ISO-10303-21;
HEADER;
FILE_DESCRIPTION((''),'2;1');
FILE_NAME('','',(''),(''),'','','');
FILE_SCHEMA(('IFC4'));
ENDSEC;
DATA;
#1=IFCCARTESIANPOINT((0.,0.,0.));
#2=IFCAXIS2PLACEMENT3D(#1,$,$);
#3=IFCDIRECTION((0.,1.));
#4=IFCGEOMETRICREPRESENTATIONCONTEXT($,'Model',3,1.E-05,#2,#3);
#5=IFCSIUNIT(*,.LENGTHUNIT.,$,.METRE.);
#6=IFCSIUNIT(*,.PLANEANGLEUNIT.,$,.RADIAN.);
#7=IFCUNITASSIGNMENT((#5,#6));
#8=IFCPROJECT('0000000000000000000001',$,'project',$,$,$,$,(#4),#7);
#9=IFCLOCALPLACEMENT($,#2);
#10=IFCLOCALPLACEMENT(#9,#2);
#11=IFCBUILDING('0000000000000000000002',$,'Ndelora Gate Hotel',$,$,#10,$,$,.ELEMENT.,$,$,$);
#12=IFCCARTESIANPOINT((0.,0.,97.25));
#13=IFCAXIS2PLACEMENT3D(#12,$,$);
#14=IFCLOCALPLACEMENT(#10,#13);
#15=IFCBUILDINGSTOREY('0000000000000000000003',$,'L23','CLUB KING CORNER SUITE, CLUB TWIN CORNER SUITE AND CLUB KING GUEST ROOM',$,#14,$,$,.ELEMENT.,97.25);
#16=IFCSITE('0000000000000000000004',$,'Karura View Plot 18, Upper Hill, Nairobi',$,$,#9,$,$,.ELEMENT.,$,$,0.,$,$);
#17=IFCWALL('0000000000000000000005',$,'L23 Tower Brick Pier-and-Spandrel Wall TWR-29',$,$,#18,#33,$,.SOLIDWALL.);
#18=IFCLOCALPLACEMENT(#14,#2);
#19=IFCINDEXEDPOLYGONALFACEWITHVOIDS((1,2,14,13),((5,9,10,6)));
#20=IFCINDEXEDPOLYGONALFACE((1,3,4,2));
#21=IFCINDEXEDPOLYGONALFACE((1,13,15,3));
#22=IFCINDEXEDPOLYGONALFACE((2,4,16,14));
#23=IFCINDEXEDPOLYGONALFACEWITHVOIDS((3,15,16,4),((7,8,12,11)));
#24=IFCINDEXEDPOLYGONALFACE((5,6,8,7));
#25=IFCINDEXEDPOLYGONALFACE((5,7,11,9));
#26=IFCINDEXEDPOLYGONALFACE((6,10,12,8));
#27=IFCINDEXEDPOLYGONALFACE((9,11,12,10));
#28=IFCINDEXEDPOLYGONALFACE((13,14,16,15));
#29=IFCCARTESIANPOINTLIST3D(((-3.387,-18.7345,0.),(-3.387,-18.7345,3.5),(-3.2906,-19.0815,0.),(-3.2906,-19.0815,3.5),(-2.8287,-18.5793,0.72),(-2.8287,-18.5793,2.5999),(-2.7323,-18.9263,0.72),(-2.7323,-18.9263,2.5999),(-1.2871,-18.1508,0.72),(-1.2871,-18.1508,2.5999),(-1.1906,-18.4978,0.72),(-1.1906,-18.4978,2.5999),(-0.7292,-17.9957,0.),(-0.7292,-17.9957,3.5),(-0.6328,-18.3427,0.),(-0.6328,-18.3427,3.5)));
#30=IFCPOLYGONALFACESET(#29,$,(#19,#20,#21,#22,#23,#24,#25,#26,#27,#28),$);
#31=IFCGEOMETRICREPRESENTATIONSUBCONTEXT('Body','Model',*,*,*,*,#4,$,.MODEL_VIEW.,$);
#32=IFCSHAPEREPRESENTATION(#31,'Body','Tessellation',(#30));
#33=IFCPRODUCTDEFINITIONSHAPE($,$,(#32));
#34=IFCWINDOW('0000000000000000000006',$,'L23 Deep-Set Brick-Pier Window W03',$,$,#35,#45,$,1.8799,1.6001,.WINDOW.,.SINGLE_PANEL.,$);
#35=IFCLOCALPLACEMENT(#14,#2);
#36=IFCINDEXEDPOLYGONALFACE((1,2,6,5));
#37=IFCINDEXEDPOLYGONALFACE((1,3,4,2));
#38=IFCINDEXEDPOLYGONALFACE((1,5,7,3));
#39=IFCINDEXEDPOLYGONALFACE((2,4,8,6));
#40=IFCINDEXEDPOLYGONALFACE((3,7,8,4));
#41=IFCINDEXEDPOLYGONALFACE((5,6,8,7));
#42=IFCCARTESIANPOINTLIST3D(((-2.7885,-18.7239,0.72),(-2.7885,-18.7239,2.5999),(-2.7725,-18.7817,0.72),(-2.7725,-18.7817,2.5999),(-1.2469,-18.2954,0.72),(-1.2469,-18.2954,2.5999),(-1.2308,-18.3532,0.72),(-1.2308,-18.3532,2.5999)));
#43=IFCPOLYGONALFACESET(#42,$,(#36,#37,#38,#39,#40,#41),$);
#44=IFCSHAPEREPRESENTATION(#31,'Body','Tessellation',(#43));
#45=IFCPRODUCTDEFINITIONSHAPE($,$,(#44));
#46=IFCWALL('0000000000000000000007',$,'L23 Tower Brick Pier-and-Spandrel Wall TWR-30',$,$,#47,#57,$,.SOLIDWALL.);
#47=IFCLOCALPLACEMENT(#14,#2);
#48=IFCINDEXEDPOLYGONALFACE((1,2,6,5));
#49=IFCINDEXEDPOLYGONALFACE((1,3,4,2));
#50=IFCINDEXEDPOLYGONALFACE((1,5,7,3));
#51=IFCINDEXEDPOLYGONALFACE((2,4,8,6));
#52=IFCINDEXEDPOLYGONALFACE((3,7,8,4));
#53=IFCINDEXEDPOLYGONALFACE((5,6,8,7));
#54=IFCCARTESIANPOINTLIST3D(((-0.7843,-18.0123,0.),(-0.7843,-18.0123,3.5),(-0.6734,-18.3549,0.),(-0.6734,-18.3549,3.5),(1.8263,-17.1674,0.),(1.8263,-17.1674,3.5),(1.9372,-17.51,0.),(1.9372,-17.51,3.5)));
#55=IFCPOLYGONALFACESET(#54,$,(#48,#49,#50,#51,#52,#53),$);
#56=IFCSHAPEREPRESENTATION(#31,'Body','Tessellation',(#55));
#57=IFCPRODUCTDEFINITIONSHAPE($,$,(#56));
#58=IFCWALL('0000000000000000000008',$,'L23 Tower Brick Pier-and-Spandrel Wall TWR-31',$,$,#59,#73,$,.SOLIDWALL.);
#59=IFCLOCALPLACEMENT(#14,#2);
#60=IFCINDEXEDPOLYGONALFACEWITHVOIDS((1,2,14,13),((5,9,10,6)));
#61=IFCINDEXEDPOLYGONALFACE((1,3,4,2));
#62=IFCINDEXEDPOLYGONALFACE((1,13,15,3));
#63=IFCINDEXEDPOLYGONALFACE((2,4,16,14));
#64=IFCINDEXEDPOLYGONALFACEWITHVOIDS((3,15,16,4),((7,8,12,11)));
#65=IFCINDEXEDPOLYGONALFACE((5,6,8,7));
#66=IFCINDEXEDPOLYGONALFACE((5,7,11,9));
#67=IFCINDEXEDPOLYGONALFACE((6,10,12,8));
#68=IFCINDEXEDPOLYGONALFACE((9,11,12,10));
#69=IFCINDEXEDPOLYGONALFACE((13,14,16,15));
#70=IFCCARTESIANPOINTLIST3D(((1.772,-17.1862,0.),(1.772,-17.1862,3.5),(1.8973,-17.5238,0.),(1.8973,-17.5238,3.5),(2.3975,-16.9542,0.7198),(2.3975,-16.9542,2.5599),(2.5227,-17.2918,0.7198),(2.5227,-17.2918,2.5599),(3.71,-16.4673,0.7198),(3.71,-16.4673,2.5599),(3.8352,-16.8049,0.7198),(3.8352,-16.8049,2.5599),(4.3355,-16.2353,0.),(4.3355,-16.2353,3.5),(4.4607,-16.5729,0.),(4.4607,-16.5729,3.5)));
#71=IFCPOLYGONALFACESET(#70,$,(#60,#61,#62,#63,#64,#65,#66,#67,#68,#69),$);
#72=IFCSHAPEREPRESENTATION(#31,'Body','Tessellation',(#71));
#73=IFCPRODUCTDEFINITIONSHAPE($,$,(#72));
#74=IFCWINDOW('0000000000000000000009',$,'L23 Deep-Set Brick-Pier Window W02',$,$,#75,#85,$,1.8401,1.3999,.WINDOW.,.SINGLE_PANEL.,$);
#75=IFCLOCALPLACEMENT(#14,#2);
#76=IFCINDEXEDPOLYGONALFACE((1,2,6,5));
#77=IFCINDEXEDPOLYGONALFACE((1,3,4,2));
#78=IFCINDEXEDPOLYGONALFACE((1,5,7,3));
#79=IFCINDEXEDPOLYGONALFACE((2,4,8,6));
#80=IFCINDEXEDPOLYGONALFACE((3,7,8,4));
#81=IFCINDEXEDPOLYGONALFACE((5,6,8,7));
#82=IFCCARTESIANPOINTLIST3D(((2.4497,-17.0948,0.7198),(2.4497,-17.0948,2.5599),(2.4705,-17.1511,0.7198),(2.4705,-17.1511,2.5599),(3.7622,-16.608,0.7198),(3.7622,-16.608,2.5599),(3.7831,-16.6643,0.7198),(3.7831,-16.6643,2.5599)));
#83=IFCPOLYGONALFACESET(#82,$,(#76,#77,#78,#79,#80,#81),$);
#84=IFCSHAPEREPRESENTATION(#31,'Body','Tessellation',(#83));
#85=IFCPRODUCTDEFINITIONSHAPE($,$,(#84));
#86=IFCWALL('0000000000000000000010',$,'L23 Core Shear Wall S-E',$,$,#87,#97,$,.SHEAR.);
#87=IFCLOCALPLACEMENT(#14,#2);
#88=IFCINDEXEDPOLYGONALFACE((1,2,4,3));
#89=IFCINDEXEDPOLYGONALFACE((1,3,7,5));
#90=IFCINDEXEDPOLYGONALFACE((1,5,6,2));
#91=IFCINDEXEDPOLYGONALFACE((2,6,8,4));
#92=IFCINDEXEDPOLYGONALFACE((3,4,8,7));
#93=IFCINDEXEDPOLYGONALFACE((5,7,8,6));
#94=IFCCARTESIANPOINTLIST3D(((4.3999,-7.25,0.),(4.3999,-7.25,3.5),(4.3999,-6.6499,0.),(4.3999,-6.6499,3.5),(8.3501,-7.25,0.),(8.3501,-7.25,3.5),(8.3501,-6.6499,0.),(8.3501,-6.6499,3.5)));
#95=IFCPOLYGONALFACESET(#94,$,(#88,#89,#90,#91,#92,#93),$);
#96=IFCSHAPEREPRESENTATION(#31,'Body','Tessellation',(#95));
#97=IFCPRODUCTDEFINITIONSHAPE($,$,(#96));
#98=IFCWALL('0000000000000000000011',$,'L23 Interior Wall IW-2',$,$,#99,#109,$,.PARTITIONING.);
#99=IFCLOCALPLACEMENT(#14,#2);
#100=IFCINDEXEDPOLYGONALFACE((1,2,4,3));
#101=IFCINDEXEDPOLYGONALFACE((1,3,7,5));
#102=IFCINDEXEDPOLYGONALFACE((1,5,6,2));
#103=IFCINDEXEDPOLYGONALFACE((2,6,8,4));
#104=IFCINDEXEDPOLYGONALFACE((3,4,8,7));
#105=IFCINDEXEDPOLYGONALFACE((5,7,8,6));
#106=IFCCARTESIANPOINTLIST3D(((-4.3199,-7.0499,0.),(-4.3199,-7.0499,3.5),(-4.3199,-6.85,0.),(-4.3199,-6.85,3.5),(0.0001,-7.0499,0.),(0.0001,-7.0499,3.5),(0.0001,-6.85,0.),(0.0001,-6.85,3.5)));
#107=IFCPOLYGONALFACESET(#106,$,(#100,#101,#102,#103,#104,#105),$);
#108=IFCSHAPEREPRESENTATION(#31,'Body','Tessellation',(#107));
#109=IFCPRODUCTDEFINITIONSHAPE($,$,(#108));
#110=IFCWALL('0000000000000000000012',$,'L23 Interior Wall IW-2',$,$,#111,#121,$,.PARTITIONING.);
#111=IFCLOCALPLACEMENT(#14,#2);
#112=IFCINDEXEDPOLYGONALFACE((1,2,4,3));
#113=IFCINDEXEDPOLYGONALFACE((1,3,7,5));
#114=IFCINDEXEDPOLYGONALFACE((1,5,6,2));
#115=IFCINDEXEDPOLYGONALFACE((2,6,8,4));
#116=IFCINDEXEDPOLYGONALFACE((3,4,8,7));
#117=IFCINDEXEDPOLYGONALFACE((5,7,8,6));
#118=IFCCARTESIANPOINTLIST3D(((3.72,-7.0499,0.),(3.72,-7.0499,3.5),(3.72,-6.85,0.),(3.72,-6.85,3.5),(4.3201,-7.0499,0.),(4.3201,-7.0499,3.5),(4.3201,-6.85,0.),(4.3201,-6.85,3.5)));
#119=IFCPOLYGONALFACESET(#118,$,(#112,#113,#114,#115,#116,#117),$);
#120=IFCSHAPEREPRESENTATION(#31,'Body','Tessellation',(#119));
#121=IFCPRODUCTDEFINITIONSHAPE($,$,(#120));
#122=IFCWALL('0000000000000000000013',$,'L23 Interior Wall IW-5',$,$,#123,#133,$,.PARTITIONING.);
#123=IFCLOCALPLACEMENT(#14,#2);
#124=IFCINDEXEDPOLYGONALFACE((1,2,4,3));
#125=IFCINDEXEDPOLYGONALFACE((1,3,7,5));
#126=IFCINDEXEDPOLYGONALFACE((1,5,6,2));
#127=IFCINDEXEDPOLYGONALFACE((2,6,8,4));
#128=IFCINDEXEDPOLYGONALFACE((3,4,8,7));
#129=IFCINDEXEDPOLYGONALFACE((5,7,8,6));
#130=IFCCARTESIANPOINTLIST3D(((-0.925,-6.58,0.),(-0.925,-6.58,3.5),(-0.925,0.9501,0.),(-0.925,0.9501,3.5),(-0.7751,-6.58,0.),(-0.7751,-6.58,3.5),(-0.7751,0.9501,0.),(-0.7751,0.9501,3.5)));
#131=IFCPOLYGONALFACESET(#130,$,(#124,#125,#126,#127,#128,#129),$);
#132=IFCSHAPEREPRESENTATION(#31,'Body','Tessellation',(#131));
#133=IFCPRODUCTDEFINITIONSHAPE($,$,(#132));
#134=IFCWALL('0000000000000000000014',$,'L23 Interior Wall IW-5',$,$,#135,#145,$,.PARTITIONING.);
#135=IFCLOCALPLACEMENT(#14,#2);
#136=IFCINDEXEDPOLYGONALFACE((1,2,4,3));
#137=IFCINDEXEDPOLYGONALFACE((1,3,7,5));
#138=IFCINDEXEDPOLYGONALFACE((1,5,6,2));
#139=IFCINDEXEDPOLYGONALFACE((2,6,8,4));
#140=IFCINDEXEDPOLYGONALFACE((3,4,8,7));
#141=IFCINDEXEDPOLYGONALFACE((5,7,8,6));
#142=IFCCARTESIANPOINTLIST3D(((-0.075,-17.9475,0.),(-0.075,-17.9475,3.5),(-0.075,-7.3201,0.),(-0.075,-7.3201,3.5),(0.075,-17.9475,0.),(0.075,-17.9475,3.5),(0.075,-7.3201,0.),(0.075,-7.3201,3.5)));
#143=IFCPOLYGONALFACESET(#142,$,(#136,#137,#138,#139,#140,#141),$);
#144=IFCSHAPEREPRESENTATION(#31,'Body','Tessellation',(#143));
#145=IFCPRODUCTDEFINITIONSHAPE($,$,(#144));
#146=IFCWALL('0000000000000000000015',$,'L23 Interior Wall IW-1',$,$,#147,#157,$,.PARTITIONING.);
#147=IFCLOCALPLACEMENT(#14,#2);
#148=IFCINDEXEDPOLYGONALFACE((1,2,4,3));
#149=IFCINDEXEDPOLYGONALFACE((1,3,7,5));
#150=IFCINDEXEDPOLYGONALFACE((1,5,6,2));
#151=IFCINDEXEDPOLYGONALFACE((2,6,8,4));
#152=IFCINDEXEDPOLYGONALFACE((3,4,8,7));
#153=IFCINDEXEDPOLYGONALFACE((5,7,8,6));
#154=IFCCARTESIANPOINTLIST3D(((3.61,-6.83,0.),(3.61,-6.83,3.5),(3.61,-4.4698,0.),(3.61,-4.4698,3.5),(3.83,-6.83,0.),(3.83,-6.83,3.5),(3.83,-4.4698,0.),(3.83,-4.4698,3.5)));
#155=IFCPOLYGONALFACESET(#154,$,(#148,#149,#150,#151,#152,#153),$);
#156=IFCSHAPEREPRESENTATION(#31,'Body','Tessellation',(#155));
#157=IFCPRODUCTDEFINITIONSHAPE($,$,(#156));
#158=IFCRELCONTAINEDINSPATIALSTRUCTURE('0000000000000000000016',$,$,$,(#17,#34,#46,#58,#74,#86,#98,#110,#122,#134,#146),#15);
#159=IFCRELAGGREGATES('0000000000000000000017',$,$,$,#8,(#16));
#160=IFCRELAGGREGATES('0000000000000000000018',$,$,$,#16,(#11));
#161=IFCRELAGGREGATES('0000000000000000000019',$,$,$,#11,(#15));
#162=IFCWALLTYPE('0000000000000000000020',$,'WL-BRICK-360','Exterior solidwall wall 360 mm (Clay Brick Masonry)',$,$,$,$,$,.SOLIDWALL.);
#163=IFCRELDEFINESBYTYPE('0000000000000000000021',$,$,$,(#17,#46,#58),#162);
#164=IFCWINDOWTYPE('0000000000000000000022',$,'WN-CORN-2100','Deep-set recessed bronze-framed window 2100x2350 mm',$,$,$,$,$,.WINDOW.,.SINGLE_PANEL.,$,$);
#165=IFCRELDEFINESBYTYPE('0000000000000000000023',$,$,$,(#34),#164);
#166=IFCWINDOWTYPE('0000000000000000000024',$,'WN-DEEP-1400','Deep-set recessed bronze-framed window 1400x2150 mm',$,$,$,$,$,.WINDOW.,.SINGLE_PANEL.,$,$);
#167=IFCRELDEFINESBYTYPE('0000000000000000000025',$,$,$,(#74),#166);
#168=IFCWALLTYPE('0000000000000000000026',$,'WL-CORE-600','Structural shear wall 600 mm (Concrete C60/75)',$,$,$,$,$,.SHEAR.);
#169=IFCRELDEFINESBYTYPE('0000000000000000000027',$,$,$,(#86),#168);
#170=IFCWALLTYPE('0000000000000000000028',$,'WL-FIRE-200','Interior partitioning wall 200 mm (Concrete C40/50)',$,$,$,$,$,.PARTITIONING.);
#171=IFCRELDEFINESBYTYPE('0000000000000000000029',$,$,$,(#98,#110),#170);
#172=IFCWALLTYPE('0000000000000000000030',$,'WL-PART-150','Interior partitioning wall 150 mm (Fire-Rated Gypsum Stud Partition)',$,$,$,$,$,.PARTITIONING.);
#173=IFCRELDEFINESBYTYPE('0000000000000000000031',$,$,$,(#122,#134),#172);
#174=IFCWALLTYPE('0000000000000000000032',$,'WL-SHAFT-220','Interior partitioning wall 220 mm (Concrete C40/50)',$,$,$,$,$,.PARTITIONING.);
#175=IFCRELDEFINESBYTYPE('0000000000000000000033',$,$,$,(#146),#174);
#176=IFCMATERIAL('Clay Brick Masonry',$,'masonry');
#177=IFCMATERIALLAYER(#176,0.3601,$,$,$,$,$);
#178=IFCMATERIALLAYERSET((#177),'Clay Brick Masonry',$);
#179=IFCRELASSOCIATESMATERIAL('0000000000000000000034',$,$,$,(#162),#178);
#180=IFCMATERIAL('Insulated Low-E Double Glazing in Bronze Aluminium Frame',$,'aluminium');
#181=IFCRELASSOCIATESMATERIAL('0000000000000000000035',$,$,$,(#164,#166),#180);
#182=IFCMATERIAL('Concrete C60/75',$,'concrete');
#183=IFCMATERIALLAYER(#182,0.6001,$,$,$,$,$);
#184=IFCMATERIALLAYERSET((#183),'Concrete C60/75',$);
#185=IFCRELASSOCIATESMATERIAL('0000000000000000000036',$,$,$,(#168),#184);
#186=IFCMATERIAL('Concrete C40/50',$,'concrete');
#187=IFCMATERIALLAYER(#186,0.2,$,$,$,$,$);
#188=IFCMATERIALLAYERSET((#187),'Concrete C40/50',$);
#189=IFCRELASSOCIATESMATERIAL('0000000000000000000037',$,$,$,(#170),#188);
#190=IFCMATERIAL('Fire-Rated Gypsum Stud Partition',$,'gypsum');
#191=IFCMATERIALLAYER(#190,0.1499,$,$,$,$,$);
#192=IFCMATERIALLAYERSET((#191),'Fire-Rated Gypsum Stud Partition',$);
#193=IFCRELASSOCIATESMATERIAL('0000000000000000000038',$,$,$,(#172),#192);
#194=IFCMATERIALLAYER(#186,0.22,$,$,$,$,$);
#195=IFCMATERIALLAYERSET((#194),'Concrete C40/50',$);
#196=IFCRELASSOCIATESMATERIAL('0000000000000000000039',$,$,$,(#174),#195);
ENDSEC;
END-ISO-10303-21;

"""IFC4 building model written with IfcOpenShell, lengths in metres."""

from ifc_helpers import new_model, si_unit, direction, frame, frame_2d, origin, place, context, subcontext, project, spatial, rectangle, extrude, material, layer, layer_set, type_object, element, fill, save


model = new_model("IFC4")

# Units and contexts
model_context = context("Model", 3, precision=1e-05, world=origin(), true_north=direction((0.0, 1.0)))
body_context = subcontext(model_context, "Body", "Model", "MODEL_VIEW")
ifc_project = project(units=[si_unit("LENGTHUNIT", "METRE"), si_unit("PLANEANGLEUNIT", "RADIAN")], contexts=[model_context])

# Site, building, storey
site_placement = place(None, origin())
site = spatial("IfcSite", under=ifc_project, at=site_placement, Name="Karura View Plot 18, Upper Hill, Nairobi", CompositionType="ELEMENT", RefElevation=0.0)
building_placement = place(site_placement, origin())
building = spatial("IfcBuilding", under=site, at=building_placement, Name="Ndelora Gate Hotel", CompositionType="ELEMENT")
storey_placement = place(building_placement, frame((0.0, 0.0, 97.25)))
storey = spatial("IfcBuildingStorey", under=building, at=storey_placement, Name="L23", Description="CLUB KING CORNER SUITE, CLUB TWIN CORNER SUITE AND CLUB KING GUEST ROOM", CompositionType="ELEMENT", Elevation=97.25)

# Shared definitions
ifc_material_1 = material(Name="Concrete C60/75", Category="concrete")

# Wall, opening, window
ifc_material_2 = material(Name="Clay Brick Masonry", Category="masonry")
ifc_layer_1 = layer(ifc_material_2, 0.3601)
ifc_layer_set_1 = layer_set([ifc_layer_1], Name="Clay Brick Masonry")
wall_type_1 = type_object("IfcWallType", Name="WL-BRICK-360", Description="Exterior solidwall wall 360 mm (Clay Brick Masonry)", PredefinedType="SOLIDWALL", material=ifc_layer_set_1)
ifc_material_3 = material(Name="Insulated Low-E Double Glazing in Bronze Aluminium Frame", Category="aluminium")
wall_1_placement = place(storey_placement, frame((-0.6809, -18.1692, 0.0), z_axis=(0.0, 0.0, 1.0), x_axis=(-0.96347, -0.267817, 0.0)))
wall_1 = element("IfcWall", 1, at=wall_1_placement, inside=storey, type_object=wall_type_1, Name="L23 Tower Brick Pier-and-Spandrel Wall TWR-29", PredefinedType="SOLIDWALL", context=body_context, shape_type="SweptSolid", body=[
    extrude(rectangle(XDim=2.7585, YDim=0.3601, at=frame_2d((1.3794, 0.0))), origin(), (0.0, 0.0, 1.0), 3.5),
])
opening_1_placement = place(wall_1_placement, frame((0.5791, 0.0, 0.72)))
opening_1 = element("IfcOpeningElement", 2, at=opening_1_placement, cuts=wall_1, PredefinedType="OPENING", context=body_context, shape_type="SweptSolid", body=[
    extrude(rectangle(XDim=1.6001, YDim=1.8799, at=frame_2d((0.8, 0.9399))), frame((0.0, 0.1899, 0.0), z_axis=(0.0, -1.0, 0.0), x_axis=(1.0, 0.0, 0.0)), (0.0, 0.0, 1.0), 0.3801),
])
window_type_1 = type_object("IfcWindowType", Name="WN-CORN-2100", Description="Deep-set recessed bronze-framed window 2100x2350 mm", PartitioningType="SINGLE_PANEL", PredefinedType="WINDOW", material=ifc_material_3)
window_1_placement = place(opening_1_placement, origin())
window_1 = element("IfcWindow", 3, at=window_1_placement, inside=storey, type_object=window_type_1, Name="L23 Deep-Set Brick-Pier Window W03", OverallHeight=1.8799, OverallWidth=1.6001, PartitioningType="SINGLE_PANEL", PredefinedType="WINDOW", context=body_context, shape_type="SweptSolid", body=[
    extrude(rectangle(XDim=1.6001, YDim=1.8799, at=frame_2d((0.8, 0.9399))), frame((0.0, 0.03, 0.0), z_axis=(0.0, -1.0, 0.0), x_axis=(1.0, 0.0, 0.0)), (0.0, 0.0, 1.0), 0.0601),
])
fill(opening_1, window_1)

# Wall
wall_2_placement = place(storey_placement, frame((1.8818, -17.3386, 0.0), z_axis=(0.0, 0.0, 1.0), x_axis=(-0.951405, -0.307941, 0.0)))
element("IfcWall", 4, at=wall_2_placement, inside=storey, type_object=wall_type_1, Name="L23 Tower Brick Pier-and-Spandrel Wall TWR-30", PredefinedType="SOLIDWALL", context=body_context, shape_type="SweptSolid", body=[
    extrude(rectangle(XDim=2.7439, YDim=0.3601, at=frame_2d((1.3721, 0.0))), origin(), (0.0, 0.0, 1.0), 3.5),
])

# Wall, opening, window
wall_3_placement = place(storey_placement, frame((4.3982, -16.4041, 0.0), z_axis=(0.0, 0.0, 1.0), x_axis=(-0.937571, -0.347794, 0.0)))
wall_3 = element("IfcWall", 5, at=wall_3_placement, inside=storey, type_object=wall_type_1, Name="L23 Tower Brick Pier-and-Spandrel Wall TWR-31", PredefinedType="SOLIDWALL", context=body_context, shape_type="SweptSolid", body=[
    extrude(rectangle(XDim=2.7341, YDim=0.3601, at=frame_2d((1.3672, 0.0))), origin(), (0.0, 0.0, 1.0), 3.5),
])
opening_2_placement = place(wall_3_placement, frame((0.6672, 0.0, 0.72)))
opening_2 = element("IfcOpeningElement", 6, at=opening_2_placement, cuts=wall_3, PredefinedType="OPENING", context=body_context, shape_type="SweptSolid", body=[
    extrude(rectangle(XDim=1.3999, YDim=1.8401, at=frame_2d((0.7, 0.9199))), frame((0.0, 0.1899, 0.0), z_axis=(0.0, -1.0, 0.0), x_axis=(1.0, 0.0, 0.0)), (0.0, 0.0, 1.0), 0.3801),
])
window_type_2 = type_object("IfcWindowType", Name="WN-DEEP-1400", Description="Deep-set recessed bronze-framed window 1400x2150 mm", PartitioningType="SINGLE_PANEL", PredefinedType="WINDOW", material=ifc_material_3)
window_2_placement = place(opening_2_placement, origin())
window_2 = element("IfcWindow", 7, at=window_2_placement, inside=storey, type_object=window_type_2, Name="L23 Deep-Set Brick-Pier Window W02", OverallHeight=1.8401, OverallWidth=1.3999, PartitioningType="SINGLE_PANEL", PredefinedType="WINDOW", context=body_context, shape_type="SweptSolid", body=[
    extrude(rectangle(XDim=1.3999, YDim=1.8401, at=frame_2d((0.7, 0.9199))), frame((0.0, 0.03, 0.0), z_axis=(0.0, -1.0, 0.0), x_axis=(1.0, 0.0, 0.0)), (0.0, 0.0, 1.0), 0.0601),
])
fill(opening_2, window_2)

# Walls
ifc_layer_2 = layer(ifc_material_1, 0.6001)
ifc_layer_set_2 = layer_set([ifc_layer_2], Name="Concrete C60/75")
wall_type_2 = type_object("IfcWallType", Name="WL-CORE-600", Description="Structural shear wall 600 mm (Concrete C60/75)", PredefinedType="SHEAR", material=ifc_layer_set_2)
wall_4_placement = place(storey_placement, frame((4.3999, -6.95, 0.0), z_axis=(0.0, 0.0, 1.0), x_axis=(1.0, 0.0, 0.0)))
element("IfcWall", 8, at=wall_4_placement, inside=storey, type_object=wall_type_2, Name="L23 Core Shear Wall S-E", PredefinedType="SHEAR", context=body_context, shape_type="SweptSolid", body=[
    extrude(rectangle(XDim=3.9502, YDim=0.6001, at=frame_2d((1.9751, 0.0))), origin(), (0.0, 0.0, 1.0), 3.5),
])
ifc_material_4 = material(Name="Concrete C40/50", Category="concrete")
ifc_layer_3 = layer(ifc_material_4, 0.2)
ifc_layer_set_3 = layer_set([ifc_layer_3], Name="Concrete C40/50")
wall_type_3 = type_object("IfcWallType", Name="WL-FIRE-200", Description="Interior partitioning wall 200 mm (Concrete C40/50)", PredefinedType="PARTITIONING", material=ifc_layer_set_3)
wall_5_placement = place(storey_placement, frame((-4.3201, -6.95, 0.0), z_axis=(0.0, 0.0, 1.0), x_axis=(1.0, 0.0, 0.0)))
element("IfcWall", 9, at=wall_5_placement, inside=storey, type_object=wall_type_3, Name="L23 Interior Wall IW-2", PredefinedType="PARTITIONING", context=body_context, shape_type="SweptSolid", body=[
    extrude(rectangle(XDim=4.3201, YDim=0.2, at=frame_2d((2.1602, 0.0))), origin(), (0.0, 0.0, 1.0), 3.5),
])
wall_6_placement = place(storey_placement, frame((3.72, -6.95, 0.0), z_axis=(0.0, 0.0, 1.0), x_axis=(1.0, 0.0, 0.0)))
element("IfcWall", 10, at=wall_6_placement, inside=storey, type_object=wall_type_3, Name="L23 Interior Wall IW-2", PredefinedType="PARTITIONING", context=body_context, shape_type="SweptSolid", body=[
    extrude(rectangle(XDim=0.6001, YDim=0.2, at=frame_2d((0.3, 0.0))), origin(), (0.0, 0.0, 1.0), 3.5),
])
ifc_material_5 = material(Name="Fire-Rated Gypsum Stud Partition", Category="gypsum")
ifc_layer_4 = layer(ifc_material_5, 0.1499)
ifc_layer_set_4 = layer_set([ifc_layer_4], Name="Fire-Rated Gypsum Stud Partition")
wall_type_4 = type_object("IfcWallType", Name="WL-PART-150", Description="Interior partitioning wall 150 mm (Fire-Rated Gypsum Stud Partition)", PredefinedType="PARTITIONING", material=ifc_layer_set_4)
wall_7_placement = place(storey_placement, frame((-0.8501, -6.5801, 0.0), z_axis=(0.0, 0.0, 1.0), x_axis=(0.0, 1.0, 0.0)))
element("IfcWall", 11, at=wall_7_placement, inside=storey, type_object=wall_type_4, Name="L23 Interior Wall IW-5", PredefinedType="PARTITIONING", context=body_context, shape_type="SweptSolid", body=[
    extrude(rectangle(XDim=7.53, YDim=0.1499, at=frame_2d((3.7651, 0.0))), origin(), (0.0, 0.0, 1.0), 3.5),
])
wall_8_placement = place(storey_placement, frame((0.0, -7.3201, 0.0), z_axis=(0.0, 0.0, 1.0), x_axis=(0.0, -1.0, 0.0)))
element("IfcWall", 12, at=wall_8_placement, inside=storey, type_object=wall_type_4, Name="L23 Interior Wall IW-5", PredefinedType="PARTITIONING", context=body_context, shape_type="SweptSolid", body=[
    extrude(rectangle(XDim=10.6274, YDim=0.1499, at=frame_2d((5.3137, 0.0))), origin(), (0.0, 0.0, 1.0), 3.5),
])

# Shared definitions
ifc_layer_5 = layer(ifc_material_4, 0.22)
ifc_layer_set_5 = layer_set([ifc_layer_5], Name="Concrete C40/50")
wall_type_5 = type_object("IfcWallType", Name="WL-SHAFT-220", Description="Interior partitioning wall 220 mm (Concrete C40/50)", PredefinedType="PARTITIONING", material=ifc_layer_set_5)

# Wall
wall_9_placement = place(storey_placement, frame((3.72, -6.8301, 0.0), z_axis=(0.0, 0.0, 1.0), x_axis=(0.0, 1.0, 0.0)))
element("IfcWall", 13, at=wall_9_placement, inside=storey, type_object=wall_type_5, Name="L23 Interior Wall IW-1", PredefinedType="PARTITIONING", context=body_context, shape_type="SweptSolid", body=[
    extrude(rectangle(XDim=2.3601, YDim=0.22, at=frame_2d((1.1802, 0.0))), origin(), (0.0, 0.0, 1.0), 3.5),
])

save(model, "model.ifc")
